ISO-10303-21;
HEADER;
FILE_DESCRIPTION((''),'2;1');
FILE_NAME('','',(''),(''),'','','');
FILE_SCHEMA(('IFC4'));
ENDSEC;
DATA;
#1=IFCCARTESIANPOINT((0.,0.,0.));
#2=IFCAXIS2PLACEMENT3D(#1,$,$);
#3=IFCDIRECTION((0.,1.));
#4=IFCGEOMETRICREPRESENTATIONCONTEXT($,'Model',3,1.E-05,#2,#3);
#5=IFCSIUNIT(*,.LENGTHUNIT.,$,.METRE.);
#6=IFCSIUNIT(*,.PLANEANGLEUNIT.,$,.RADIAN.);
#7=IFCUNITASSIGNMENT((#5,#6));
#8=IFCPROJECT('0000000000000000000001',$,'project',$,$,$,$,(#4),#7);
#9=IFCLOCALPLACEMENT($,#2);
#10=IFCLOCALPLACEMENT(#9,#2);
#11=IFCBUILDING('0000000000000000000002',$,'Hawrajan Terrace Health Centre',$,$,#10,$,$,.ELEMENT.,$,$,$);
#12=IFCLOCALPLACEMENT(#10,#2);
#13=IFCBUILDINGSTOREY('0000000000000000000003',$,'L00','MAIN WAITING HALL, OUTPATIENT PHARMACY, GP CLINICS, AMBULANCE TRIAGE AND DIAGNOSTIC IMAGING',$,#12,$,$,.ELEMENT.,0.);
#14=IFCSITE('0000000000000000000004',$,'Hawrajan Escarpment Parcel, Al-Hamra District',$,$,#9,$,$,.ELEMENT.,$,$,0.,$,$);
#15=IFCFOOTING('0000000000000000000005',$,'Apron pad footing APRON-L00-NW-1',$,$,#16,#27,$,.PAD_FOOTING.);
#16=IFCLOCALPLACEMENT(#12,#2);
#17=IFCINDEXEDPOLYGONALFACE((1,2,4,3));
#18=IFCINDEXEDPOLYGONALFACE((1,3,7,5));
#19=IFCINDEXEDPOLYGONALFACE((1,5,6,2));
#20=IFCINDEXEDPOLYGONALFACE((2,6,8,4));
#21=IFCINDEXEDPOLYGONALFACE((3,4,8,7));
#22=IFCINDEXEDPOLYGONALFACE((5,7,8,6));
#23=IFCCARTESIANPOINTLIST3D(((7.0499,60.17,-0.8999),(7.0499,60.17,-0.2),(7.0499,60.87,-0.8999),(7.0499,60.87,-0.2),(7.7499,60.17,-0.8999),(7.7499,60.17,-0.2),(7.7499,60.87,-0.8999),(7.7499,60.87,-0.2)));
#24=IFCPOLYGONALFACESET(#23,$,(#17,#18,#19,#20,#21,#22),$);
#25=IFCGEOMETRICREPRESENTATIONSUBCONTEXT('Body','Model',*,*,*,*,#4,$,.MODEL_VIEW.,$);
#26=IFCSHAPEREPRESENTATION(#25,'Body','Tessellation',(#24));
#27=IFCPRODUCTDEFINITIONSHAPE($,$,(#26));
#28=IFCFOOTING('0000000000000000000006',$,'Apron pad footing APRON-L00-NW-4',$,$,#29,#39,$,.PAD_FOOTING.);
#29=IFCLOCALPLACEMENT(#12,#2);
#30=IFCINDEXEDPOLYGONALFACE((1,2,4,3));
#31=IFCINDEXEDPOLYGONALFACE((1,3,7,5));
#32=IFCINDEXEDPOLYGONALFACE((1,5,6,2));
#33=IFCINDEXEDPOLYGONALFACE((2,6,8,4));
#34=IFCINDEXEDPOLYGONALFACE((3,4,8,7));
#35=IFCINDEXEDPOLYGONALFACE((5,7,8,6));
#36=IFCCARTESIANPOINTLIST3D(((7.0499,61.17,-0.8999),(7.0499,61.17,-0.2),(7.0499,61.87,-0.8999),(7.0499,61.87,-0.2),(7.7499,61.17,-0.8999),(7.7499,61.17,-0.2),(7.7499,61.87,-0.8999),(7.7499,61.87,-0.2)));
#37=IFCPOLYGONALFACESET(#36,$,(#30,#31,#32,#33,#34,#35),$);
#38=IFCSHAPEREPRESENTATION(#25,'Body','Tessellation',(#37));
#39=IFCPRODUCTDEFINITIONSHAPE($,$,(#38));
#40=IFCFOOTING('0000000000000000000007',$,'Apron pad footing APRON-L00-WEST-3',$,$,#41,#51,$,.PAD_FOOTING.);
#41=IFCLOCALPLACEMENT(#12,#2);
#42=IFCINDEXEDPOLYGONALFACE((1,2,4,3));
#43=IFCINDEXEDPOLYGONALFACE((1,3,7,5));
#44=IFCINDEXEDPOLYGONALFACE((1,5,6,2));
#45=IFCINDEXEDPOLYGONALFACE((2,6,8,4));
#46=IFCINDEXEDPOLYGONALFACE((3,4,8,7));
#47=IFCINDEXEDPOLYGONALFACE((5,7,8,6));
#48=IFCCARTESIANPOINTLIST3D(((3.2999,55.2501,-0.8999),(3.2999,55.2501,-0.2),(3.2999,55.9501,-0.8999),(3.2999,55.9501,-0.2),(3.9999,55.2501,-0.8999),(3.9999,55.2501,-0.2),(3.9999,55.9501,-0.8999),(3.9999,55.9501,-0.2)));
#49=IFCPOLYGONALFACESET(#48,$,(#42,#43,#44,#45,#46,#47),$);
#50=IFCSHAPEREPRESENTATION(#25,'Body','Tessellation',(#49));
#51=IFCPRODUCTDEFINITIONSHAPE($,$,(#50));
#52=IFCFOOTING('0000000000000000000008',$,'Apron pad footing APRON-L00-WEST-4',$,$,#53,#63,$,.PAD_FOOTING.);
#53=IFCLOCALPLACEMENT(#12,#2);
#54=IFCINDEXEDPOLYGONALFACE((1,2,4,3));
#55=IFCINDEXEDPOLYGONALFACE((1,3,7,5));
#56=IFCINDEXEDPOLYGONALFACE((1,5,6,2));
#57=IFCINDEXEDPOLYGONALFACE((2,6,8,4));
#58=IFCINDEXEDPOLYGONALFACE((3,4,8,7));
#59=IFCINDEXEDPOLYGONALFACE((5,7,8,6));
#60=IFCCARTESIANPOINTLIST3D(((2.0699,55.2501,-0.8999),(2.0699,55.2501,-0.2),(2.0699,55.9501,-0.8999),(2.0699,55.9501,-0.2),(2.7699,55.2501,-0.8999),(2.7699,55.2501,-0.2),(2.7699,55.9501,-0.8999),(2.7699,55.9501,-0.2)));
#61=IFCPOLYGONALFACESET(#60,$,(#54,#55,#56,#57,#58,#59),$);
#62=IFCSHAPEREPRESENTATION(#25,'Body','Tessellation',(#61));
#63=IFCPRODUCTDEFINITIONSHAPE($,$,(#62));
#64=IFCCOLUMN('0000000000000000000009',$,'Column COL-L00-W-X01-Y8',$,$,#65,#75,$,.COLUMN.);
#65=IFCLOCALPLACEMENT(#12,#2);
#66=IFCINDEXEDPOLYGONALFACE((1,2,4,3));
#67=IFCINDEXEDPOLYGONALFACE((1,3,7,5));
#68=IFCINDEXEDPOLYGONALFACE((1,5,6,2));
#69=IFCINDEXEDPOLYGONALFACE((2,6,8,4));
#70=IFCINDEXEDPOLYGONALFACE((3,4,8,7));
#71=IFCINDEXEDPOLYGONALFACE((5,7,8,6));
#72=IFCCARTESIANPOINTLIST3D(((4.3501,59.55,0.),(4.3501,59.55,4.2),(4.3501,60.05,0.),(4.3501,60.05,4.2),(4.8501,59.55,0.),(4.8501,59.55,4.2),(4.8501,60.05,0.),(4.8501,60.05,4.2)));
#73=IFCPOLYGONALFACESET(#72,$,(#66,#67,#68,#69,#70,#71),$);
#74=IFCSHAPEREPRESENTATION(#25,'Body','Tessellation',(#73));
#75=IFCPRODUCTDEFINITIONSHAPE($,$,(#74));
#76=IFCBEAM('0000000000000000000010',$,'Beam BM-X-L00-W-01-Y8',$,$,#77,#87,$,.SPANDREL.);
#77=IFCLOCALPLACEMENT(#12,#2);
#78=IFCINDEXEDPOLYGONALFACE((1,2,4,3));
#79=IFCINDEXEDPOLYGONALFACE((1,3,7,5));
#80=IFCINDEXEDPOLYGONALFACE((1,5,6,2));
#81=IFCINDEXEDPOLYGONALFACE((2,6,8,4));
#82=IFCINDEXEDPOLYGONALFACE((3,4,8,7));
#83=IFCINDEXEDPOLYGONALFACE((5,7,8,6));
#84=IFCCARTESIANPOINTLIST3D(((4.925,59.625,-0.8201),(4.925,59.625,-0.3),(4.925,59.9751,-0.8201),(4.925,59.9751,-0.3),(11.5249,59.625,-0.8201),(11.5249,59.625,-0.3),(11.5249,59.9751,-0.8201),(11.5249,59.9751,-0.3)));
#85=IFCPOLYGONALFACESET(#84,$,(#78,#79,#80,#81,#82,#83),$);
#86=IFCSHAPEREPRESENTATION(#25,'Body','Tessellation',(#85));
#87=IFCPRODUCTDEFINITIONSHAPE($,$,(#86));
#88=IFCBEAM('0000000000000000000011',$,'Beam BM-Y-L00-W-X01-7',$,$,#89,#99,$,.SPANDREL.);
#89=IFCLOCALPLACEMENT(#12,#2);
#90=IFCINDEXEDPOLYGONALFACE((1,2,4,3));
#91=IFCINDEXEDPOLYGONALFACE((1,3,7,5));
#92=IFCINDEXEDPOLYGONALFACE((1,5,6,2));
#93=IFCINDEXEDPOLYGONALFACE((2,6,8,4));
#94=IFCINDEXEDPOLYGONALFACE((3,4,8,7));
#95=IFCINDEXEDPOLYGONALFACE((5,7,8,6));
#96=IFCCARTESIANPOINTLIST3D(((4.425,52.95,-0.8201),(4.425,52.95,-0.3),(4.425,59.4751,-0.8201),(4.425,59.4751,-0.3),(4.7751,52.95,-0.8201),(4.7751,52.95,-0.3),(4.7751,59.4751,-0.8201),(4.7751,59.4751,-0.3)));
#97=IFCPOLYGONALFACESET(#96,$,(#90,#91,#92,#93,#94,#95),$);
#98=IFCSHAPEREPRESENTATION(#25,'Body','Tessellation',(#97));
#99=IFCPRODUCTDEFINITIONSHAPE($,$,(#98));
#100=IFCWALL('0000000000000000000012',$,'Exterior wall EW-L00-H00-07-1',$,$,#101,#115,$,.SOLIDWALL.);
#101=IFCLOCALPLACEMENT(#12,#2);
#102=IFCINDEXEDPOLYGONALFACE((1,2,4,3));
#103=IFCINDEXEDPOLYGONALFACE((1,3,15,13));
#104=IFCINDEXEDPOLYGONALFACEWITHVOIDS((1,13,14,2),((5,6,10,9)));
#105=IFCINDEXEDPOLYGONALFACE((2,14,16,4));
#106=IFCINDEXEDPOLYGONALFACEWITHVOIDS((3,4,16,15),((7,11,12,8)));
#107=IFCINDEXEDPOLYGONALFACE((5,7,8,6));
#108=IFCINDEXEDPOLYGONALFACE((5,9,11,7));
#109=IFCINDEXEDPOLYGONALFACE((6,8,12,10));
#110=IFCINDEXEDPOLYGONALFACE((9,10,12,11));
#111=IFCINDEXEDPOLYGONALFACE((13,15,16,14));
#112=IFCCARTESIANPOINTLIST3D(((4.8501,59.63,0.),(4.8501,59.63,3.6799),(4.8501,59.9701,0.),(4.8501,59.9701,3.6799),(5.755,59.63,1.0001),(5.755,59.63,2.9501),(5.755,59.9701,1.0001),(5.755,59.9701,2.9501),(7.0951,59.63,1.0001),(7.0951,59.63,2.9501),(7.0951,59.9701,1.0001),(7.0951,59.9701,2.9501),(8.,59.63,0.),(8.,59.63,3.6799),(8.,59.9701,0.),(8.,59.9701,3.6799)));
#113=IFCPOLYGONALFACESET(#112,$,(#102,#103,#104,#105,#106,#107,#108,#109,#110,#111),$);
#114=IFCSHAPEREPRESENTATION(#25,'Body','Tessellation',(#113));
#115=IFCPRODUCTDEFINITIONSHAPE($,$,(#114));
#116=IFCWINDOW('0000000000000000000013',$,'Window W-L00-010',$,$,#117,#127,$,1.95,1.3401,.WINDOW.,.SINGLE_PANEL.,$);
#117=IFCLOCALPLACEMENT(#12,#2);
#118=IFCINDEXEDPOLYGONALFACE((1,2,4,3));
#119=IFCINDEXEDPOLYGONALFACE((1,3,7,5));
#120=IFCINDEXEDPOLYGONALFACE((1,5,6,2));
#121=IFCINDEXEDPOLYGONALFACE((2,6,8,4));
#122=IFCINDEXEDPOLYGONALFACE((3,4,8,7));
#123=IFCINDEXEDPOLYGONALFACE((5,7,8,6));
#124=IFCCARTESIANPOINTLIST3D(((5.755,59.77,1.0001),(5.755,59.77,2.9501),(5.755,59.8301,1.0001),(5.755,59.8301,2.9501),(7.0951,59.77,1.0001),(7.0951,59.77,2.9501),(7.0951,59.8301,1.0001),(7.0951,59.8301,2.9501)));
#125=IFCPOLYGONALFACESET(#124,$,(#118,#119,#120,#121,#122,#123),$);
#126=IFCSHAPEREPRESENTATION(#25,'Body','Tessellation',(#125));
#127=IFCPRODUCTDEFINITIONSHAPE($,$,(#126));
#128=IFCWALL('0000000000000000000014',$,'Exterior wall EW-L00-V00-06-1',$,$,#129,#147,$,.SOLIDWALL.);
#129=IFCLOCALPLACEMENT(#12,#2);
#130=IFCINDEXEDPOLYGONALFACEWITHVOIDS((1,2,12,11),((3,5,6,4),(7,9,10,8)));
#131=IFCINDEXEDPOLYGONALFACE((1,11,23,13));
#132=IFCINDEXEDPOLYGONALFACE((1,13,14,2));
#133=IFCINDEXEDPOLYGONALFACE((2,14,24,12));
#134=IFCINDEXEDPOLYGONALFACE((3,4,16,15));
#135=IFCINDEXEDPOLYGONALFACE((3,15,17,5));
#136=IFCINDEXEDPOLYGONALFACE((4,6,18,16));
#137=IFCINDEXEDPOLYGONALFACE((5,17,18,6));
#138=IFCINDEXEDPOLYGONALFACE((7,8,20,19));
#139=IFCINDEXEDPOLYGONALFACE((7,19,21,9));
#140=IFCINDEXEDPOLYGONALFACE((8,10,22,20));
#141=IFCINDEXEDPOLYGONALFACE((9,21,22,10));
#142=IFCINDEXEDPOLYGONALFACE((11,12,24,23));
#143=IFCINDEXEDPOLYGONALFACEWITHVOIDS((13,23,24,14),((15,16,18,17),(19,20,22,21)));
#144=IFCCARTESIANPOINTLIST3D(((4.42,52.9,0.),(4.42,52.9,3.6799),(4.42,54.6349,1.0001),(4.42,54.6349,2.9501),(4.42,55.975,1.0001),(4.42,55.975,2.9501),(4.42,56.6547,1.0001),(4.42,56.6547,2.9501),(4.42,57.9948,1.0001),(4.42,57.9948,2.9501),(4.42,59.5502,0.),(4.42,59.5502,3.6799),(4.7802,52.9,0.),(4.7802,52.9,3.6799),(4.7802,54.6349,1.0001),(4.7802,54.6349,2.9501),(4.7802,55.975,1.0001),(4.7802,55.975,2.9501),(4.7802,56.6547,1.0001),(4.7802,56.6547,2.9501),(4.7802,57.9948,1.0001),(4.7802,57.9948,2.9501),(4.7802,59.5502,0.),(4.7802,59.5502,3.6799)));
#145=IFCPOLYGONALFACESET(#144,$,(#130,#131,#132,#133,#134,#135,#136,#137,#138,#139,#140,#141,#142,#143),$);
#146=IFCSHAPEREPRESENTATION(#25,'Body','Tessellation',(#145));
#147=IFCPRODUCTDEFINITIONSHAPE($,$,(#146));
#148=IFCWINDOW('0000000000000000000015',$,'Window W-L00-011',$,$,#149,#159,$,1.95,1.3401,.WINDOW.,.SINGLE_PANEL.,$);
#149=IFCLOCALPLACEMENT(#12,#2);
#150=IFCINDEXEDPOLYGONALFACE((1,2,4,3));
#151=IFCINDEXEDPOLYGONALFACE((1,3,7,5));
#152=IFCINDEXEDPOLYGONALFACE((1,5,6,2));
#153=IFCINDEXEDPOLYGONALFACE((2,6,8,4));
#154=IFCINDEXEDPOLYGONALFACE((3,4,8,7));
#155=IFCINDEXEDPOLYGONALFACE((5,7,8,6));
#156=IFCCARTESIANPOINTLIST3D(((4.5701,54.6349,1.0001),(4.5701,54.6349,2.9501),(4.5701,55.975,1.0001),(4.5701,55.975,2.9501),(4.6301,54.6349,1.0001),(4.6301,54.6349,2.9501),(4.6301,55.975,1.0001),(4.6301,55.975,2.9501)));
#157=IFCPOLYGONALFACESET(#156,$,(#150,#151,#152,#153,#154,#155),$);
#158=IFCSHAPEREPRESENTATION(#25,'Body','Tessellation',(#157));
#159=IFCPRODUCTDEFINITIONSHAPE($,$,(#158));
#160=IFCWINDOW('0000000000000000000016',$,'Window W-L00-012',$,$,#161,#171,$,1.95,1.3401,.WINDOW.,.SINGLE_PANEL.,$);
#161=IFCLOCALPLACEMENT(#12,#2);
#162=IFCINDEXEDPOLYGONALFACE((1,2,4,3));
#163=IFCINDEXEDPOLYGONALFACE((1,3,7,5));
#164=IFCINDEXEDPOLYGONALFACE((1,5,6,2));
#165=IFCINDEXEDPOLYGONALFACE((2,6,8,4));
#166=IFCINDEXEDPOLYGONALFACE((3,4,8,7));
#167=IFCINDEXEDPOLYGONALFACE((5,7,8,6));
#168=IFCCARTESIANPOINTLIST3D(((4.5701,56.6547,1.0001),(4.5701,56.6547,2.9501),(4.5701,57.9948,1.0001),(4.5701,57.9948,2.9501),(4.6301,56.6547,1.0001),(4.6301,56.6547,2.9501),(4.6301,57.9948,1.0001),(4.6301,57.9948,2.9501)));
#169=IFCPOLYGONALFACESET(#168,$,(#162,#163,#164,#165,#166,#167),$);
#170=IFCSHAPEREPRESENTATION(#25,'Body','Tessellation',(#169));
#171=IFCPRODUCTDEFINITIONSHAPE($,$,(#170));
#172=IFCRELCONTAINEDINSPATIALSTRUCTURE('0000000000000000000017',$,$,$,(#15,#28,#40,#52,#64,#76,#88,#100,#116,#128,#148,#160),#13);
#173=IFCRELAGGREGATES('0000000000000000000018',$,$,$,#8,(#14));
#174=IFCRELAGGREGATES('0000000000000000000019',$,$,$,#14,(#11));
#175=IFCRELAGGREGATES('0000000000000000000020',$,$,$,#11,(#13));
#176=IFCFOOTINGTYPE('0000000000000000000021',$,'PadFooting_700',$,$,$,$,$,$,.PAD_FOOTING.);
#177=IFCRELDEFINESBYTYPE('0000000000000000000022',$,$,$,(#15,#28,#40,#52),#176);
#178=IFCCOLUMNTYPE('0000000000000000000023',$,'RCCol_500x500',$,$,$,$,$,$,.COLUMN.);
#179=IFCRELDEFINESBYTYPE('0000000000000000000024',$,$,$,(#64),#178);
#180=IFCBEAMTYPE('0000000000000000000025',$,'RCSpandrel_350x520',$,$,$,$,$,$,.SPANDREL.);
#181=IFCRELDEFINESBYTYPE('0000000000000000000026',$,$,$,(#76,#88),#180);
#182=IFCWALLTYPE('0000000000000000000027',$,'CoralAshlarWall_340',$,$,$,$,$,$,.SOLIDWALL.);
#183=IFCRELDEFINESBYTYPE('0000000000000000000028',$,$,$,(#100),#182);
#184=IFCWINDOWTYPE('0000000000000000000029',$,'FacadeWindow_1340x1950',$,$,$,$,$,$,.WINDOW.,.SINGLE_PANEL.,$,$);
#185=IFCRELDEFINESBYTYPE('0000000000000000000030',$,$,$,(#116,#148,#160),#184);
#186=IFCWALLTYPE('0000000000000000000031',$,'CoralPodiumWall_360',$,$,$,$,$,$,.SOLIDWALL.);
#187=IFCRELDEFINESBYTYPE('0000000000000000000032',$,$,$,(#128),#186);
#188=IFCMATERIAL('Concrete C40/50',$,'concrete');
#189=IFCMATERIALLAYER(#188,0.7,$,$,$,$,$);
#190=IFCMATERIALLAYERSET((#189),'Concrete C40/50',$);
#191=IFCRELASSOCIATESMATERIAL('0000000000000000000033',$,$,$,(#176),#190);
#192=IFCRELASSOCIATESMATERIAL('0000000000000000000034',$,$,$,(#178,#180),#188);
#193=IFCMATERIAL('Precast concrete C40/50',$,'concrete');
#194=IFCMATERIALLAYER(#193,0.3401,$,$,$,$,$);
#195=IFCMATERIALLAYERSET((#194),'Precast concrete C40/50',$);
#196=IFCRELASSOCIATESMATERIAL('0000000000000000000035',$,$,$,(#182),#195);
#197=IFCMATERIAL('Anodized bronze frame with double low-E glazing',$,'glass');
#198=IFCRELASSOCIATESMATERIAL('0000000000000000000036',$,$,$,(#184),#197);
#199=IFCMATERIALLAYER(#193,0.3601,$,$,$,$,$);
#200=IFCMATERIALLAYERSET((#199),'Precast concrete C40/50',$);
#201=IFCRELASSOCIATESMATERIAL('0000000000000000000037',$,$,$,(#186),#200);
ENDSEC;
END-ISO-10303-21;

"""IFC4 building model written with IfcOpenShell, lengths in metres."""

from ifc_helpers import new_model, si_unit, direction, frame, frame_2d, origin, origin_2d, place, context, subcontext, project, spatial, rectangle, extrude, material, layer, layer_set, material_profile, profile_set, type_object, element, fill, save


model = new_model("IFC4")

# Units and contexts
model_context = context("Model", 3, precision=1e-05, world=origin(), true_north=direction((0.0, 1.0)))
body_context = subcontext(model_context, "Body", "Model", "MODEL_VIEW")
ifc_project = project(units=[si_unit("LENGTHUNIT", "METRE"), si_unit("PLANEANGLEUNIT", "RADIAN")], contexts=[model_context])

# Site, building, storey
site_placement = place(None, origin())
site = spatial("IfcSite", under=ifc_project, at=site_placement, Name="Hawrajan Escarpment Parcel, Al-Hamra District", CompositionType="ELEMENT", RefElevation=0.0)
building_placement = place(site_placement, origin())
building = spatial("IfcBuilding", under=site, at=building_placement, Name="Hawrajan Terrace Health Centre", CompositionType="ELEMENT")
storey_placement = place(building_placement, origin())
storey = spatial("IfcBuildingStorey", under=building, at=storey_placement, Name="L00", Description="MAIN WAITING HALL, OUTPATIENT PHARMACY, GP CLINICS, AMBULANCE TRIAGE AND DIAGNOSTIC IMAGING", CompositionType="ELEMENT", Elevation=0.0)

# Footings
ifc_material_1 = material(Name="Concrete C40/50", Category="concrete")
ifc_layer_1 = layer(ifc_material_1, 0.7)
ifc_layer_set_1 = layer_set([ifc_layer_1], Name="Concrete C40/50")
footing_type = type_object("IfcFootingType", Name="PadFooting_700", PredefinedType="PAD_FOOTING", material=ifc_layer_set_1)
for number, where, z_axis, x_axis, name in (
    (1, (7.3999, 60.52, -0.8999), (0.0, 0.0, 1.0), (1.0, 0.0, 0.0), "Apron pad footing APRON-L00-NW-1"),
    (2, (7.3999, 61.52, -0.8999), (0.0, 0.0, 1.0), (1.0, 0.0, 0.0), "Apron pad footing APRON-L00-NW-4"),
    (3, (3.6499, 55.6001, -0.8999), (0.0, 0.0, 1.0), (1.0, 0.0, 0.0), "Apron pad footing APRON-L00-WEST-3"),
    (4, (2.4199, 55.6001, -0.8999), (0.0, 0.0, 1.0), (1.0, 0.0, 0.0), "Apron pad footing APRON-L00-WEST-4"),
):
    element("IfcFooting", number, at=place(storey_placement, frame(where, z_axis=z_axis, x_axis=x_axis)), inside=storey, type_object=footing_type, Name=name, PredefinedType="PAD_FOOTING", context=body_context, shape_type="SweptSolid", body=[
        extrude(rectangle(XDim=0.7, YDim=0.7, at=origin_2d()), origin(), (0.0, 0.0, 1.0), 0.7),
    ])

# Column
ifc_material_profile_1 = material_profile(ifc_material_1, rectangle(XDim=0.5, YDim=0.5, at=origin_2d()), Name="RC 500x500")
ifc_profile_set_1 = profile_set([ifc_material_profile_1], Name="Concrete C40/50")
column_type = type_object("IfcColumnType", Name="RCCol_500x500", PredefinedType="COLUMN", material=ifc_profile_set_1)
column_placement = place(storey_placement, frame((4.6001, 59.8, 0.0), z_axis=(0.0, 0.0, 1.0), x_axis=(1.0, 0.0, 0.0)))
element("IfcColumn", 5, at=column_placement, inside=storey, type_object=column_type, Name="Column COL-L00-W-X01-Y8", PredefinedType="COLUMN", context=body_context, shape_type="SweptSolid", body=[
    extrude(rectangle(XDim=0.5, YDim=0.5, at=origin_2d()), origin(), (0.0, 0.0, 1.0), 4.2),
])

# Beams
ifc_material_profile_2 = material_profile(ifc_material_1, rectangle(XDim=0.3501, YDim=0.52, at=origin_2d()), Name="RC SP 350x520")
ifc_profile_set_2 = profile_set([ifc_material_profile_2], Name="Concrete C40/50")
beam_type = type_object("IfcBeamType", Name="RCSpandrel_350x520", PredefinedType="SPANDREL", material=ifc_profile_set_2)
beam_1_placement = place(storey_placement, frame((4.925, 59.8, -0.5601), z_axis=(1.0, 0.0, 0.0), x_axis=(0.0, 1.0, 0.0)))
element("IfcBeam", 6, at=beam_1_placement, inside=storey, type_object=beam_type, Name="Beam BM-X-L00-W-01-Y8", PredefinedType="SPANDREL", context=body_context, shape_type="SweptSolid", body=[
    extrude(rectangle(XDim=0.3501, YDim=0.52, at=origin_2d()), origin(), (0.0, 0.0, 1.0), 6.5999),
])
beam_2_placement = place(storey_placement, frame((4.6001, 52.95, -0.5601), z_axis=(0.0, 1.0, 0.0), x_axis=(-1.0, 0.0, 0.0)))
element("IfcBeam", 7, at=beam_2_placement, inside=storey, type_object=beam_type, Name="Beam BM-Y-L00-W-X01-7", PredefinedType="SPANDREL", context=body_context, shape_type="SweptSolid", body=[
    extrude(rectangle(XDim=0.3501, YDim=0.52, at=origin_2d()), origin(), (0.0, 0.0, 1.0), 6.5251),
])

# Wall, opening, window
ifc_material_2 = material(Name="Precast concrete C40/50", Category="concrete")
ifc_layer_2 = layer(ifc_material_2, 0.3401)
ifc_layer_set_2 = layer_set([ifc_layer_2], Name="Precast concrete C40/50")
wall_type_1 = type_object("IfcWallType", Name="CoralAshlarWall_340", PredefinedType="SOLIDWALL", material=ifc_layer_set_2)
wall_1_placement = place(storey_placement, frame((4.8501, 59.8, 0.0), z_axis=(0.0, 0.0, 1.0), x_axis=(1.0, 0.0, 0.0)))
wall_1 = element("IfcWall", 8, at=wall_1_placement, inside=storey, type_object=wall_type_1, Name="Exterior wall EW-L00-H00-07-1", PredefinedType="SOLIDWALL", context=body_context, shape_type="SweptSolid", body=[
    extrude(rectangle(XDim=3.1499, YDim=0.3401, at=frame_2d((1.575, 0.0))), origin(), (0.0, 0.0, 1.0), 3.6799),
])
opening_1_placement = place(wall_1_placement, frame((0.905, 0.0, 1.0)))
opening_1 = element("IfcOpeningElement", 9, at=opening_1_placement, cuts=wall_1, PredefinedType="OPENING", context=body_context, shape_type="SweptSolid", body=[
    extrude(rectangle(XDim=1.3401, YDim=1.95, at=frame_2d((0.6699, 0.9751))), frame((0.0, 0.1799, 0.0), z_axis=(0.0, -1.0, 0.0), x_axis=(1.0, 0.0, 0.0)), (0.0, 0.0, 1.0), 0.3601),
])
ifc_material_3 = material(Name="Anodized bronze frame with double low-E glazing", Category="glass")
window_type = type_object("IfcWindowType", Name="FacadeWindow_1340x1950", PartitioningType="SINGLE_PANEL", PredefinedType="WINDOW", material=ifc_material_3)
window_1_placement = place(opening_1_placement, origin())
window_1 = element("IfcWindow", 10, at=window_1_placement, inside=storey, type_object=window_type, Name="Window W-L00-010", OverallHeight=1.95, OverallWidth=1.3401, PartitioningType="SINGLE_PANEL", PredefinedType="WINDOW", context=body_context, shape_type="SweptSolid", body=[
    extrude(rectangle(XDim=1.3401, YDim=1.95, at=frame_2d((0.6699, 0.9751))), frame((0.0, 0.03, 0.0), z_axis=(0.0, -1.0, 0.0), x_axis=(1.0, 0.0, 0.0)), (0.0, 0.0, 1.0), 0.0601),
])
fill(opening_1, window_1)

# Wall, openings, windows
ifc_layer_3 = layer(ifc_material_2, 0.3601)
ifc_layer_set_3 = layer_set([ifc_layer_3], Name="Precast concrete C40/50")
wall_type_2 = type_object("IfcWallType", Name="CoralPodiumWall_360", PredefinedType="SOLIDWALL", material=ifc_layer_set_3)
wall_2_placement = place(storey_placement, frame((4.6001, 52.8999, 0.0), z_axis=(0.0, 0.0, 1.0), x_axis=(0.0, 1.0, 0.0)))
wall_2 = element("IfcWall", 11, at=wall_2_placement, inside=storey, type_object=wall_type_2, Name="Exterior wall EW-L00-V00-06-1", PredefinedType="SOLIDWALL", context=body_context, shape_type="SweptSolid", body=[
    extrude(rectangle(XDim=6.6501, YDim=0.3601, at=frame_2d((3.3252, 0.0))), origin(), (0.0, 0.0, 1.0), 3.6799),
])
opening_2_placement = place(wall_2_placement, frame((1.7351, 0.0, 1.0)))
opening_2 = element("IfcOpeningElement", 12, at=opening_2_placement, cuts=wall_2, PredefinedType="OPENING", context=body_context, shape_type="SweptSolid", body=[
    extrude(rectangle(XDim=1.3401, YDim=1.95, at=frame_2d((0.6699, 0.9751))), frame((0.0, 0.1899, 0.0), z_axis=(0.0, -1.0, 0.0), x_axis=(1.0, 0.0, 0.0)), (0.0, 0.0, 1.0), 0.3801),
])
opening_3_placement = place(wall_2_placement, frame((3.7549, 0.0, 1.0)))
opening_3 = element("IfcOpeningElement", 13, at=opening_3_placement, cuts=wall_2, PredefinedType="OPENING", context=body_context, shape_type="SweptSolid", body=[
    extrude(rectangle(XDim=1.3401, YDim=1.95, at=frame_2d((0.6699, 0.9751))), frame((0.0, 0.1899, 0.0), z_axis=(0.0, -1.0, 0.0), x_axis=(1.0, 0.0, 0.0)), (0.0, 0.0, 1.0), 0.3801),
])
window_2_placement = place(opening_2_placement, origin())
window_2 = element("IfcWindow", 14, at=window_2_placement, inside=storey, type_object=window_type, Name="Window W-L00-011", OverallHeight=1.95, OverallWidth=1.3401, PartitioningType="SINGLE_PANEL", PredefinedType="WINDOW", context=body_context, shape_type="SweptSolid", body=[
    extrude(rectangle(XDim=1.3401, YDim=1.95, at=frame_2d((0.6699, 0.9751))), frame((0.0, 0.03, 0.0), z_axis=(0.0, -1.0, 0.0), x_axis=(1.0, 0.0, 0.0)), (0.0, 0.0, 1.0), 0.0601),
])
fill(opening_2, window_2)
window_3_placement = place(opening_3_placement, origin())
window_3 = element("IfcWindow", 15, at=window_3_placement, inside=storey, type_object=window_type, Name="Window W-L00-012", OverallHeight=1.95, OverallWidth=1.3401, PartitioningType="SINGLE_PANEL", PredefinedType="WINDOW", context=body_context, shape_type="SweptSolid", body=[
    extrude(rectangle(XDim=1.3401, YDim=1.95, at=frame_2d((0.6699, 0.9751))), frame((0.0, 0.03, 0.0), z_axis=(0.0, -1.0, 0.0), x_axis=(1.0, 0.0, 0.0)), (0.0, 0.0, 1.0), 0.0601),
])
fill(opening_3, window_3)

save(model, "model.ifc")
